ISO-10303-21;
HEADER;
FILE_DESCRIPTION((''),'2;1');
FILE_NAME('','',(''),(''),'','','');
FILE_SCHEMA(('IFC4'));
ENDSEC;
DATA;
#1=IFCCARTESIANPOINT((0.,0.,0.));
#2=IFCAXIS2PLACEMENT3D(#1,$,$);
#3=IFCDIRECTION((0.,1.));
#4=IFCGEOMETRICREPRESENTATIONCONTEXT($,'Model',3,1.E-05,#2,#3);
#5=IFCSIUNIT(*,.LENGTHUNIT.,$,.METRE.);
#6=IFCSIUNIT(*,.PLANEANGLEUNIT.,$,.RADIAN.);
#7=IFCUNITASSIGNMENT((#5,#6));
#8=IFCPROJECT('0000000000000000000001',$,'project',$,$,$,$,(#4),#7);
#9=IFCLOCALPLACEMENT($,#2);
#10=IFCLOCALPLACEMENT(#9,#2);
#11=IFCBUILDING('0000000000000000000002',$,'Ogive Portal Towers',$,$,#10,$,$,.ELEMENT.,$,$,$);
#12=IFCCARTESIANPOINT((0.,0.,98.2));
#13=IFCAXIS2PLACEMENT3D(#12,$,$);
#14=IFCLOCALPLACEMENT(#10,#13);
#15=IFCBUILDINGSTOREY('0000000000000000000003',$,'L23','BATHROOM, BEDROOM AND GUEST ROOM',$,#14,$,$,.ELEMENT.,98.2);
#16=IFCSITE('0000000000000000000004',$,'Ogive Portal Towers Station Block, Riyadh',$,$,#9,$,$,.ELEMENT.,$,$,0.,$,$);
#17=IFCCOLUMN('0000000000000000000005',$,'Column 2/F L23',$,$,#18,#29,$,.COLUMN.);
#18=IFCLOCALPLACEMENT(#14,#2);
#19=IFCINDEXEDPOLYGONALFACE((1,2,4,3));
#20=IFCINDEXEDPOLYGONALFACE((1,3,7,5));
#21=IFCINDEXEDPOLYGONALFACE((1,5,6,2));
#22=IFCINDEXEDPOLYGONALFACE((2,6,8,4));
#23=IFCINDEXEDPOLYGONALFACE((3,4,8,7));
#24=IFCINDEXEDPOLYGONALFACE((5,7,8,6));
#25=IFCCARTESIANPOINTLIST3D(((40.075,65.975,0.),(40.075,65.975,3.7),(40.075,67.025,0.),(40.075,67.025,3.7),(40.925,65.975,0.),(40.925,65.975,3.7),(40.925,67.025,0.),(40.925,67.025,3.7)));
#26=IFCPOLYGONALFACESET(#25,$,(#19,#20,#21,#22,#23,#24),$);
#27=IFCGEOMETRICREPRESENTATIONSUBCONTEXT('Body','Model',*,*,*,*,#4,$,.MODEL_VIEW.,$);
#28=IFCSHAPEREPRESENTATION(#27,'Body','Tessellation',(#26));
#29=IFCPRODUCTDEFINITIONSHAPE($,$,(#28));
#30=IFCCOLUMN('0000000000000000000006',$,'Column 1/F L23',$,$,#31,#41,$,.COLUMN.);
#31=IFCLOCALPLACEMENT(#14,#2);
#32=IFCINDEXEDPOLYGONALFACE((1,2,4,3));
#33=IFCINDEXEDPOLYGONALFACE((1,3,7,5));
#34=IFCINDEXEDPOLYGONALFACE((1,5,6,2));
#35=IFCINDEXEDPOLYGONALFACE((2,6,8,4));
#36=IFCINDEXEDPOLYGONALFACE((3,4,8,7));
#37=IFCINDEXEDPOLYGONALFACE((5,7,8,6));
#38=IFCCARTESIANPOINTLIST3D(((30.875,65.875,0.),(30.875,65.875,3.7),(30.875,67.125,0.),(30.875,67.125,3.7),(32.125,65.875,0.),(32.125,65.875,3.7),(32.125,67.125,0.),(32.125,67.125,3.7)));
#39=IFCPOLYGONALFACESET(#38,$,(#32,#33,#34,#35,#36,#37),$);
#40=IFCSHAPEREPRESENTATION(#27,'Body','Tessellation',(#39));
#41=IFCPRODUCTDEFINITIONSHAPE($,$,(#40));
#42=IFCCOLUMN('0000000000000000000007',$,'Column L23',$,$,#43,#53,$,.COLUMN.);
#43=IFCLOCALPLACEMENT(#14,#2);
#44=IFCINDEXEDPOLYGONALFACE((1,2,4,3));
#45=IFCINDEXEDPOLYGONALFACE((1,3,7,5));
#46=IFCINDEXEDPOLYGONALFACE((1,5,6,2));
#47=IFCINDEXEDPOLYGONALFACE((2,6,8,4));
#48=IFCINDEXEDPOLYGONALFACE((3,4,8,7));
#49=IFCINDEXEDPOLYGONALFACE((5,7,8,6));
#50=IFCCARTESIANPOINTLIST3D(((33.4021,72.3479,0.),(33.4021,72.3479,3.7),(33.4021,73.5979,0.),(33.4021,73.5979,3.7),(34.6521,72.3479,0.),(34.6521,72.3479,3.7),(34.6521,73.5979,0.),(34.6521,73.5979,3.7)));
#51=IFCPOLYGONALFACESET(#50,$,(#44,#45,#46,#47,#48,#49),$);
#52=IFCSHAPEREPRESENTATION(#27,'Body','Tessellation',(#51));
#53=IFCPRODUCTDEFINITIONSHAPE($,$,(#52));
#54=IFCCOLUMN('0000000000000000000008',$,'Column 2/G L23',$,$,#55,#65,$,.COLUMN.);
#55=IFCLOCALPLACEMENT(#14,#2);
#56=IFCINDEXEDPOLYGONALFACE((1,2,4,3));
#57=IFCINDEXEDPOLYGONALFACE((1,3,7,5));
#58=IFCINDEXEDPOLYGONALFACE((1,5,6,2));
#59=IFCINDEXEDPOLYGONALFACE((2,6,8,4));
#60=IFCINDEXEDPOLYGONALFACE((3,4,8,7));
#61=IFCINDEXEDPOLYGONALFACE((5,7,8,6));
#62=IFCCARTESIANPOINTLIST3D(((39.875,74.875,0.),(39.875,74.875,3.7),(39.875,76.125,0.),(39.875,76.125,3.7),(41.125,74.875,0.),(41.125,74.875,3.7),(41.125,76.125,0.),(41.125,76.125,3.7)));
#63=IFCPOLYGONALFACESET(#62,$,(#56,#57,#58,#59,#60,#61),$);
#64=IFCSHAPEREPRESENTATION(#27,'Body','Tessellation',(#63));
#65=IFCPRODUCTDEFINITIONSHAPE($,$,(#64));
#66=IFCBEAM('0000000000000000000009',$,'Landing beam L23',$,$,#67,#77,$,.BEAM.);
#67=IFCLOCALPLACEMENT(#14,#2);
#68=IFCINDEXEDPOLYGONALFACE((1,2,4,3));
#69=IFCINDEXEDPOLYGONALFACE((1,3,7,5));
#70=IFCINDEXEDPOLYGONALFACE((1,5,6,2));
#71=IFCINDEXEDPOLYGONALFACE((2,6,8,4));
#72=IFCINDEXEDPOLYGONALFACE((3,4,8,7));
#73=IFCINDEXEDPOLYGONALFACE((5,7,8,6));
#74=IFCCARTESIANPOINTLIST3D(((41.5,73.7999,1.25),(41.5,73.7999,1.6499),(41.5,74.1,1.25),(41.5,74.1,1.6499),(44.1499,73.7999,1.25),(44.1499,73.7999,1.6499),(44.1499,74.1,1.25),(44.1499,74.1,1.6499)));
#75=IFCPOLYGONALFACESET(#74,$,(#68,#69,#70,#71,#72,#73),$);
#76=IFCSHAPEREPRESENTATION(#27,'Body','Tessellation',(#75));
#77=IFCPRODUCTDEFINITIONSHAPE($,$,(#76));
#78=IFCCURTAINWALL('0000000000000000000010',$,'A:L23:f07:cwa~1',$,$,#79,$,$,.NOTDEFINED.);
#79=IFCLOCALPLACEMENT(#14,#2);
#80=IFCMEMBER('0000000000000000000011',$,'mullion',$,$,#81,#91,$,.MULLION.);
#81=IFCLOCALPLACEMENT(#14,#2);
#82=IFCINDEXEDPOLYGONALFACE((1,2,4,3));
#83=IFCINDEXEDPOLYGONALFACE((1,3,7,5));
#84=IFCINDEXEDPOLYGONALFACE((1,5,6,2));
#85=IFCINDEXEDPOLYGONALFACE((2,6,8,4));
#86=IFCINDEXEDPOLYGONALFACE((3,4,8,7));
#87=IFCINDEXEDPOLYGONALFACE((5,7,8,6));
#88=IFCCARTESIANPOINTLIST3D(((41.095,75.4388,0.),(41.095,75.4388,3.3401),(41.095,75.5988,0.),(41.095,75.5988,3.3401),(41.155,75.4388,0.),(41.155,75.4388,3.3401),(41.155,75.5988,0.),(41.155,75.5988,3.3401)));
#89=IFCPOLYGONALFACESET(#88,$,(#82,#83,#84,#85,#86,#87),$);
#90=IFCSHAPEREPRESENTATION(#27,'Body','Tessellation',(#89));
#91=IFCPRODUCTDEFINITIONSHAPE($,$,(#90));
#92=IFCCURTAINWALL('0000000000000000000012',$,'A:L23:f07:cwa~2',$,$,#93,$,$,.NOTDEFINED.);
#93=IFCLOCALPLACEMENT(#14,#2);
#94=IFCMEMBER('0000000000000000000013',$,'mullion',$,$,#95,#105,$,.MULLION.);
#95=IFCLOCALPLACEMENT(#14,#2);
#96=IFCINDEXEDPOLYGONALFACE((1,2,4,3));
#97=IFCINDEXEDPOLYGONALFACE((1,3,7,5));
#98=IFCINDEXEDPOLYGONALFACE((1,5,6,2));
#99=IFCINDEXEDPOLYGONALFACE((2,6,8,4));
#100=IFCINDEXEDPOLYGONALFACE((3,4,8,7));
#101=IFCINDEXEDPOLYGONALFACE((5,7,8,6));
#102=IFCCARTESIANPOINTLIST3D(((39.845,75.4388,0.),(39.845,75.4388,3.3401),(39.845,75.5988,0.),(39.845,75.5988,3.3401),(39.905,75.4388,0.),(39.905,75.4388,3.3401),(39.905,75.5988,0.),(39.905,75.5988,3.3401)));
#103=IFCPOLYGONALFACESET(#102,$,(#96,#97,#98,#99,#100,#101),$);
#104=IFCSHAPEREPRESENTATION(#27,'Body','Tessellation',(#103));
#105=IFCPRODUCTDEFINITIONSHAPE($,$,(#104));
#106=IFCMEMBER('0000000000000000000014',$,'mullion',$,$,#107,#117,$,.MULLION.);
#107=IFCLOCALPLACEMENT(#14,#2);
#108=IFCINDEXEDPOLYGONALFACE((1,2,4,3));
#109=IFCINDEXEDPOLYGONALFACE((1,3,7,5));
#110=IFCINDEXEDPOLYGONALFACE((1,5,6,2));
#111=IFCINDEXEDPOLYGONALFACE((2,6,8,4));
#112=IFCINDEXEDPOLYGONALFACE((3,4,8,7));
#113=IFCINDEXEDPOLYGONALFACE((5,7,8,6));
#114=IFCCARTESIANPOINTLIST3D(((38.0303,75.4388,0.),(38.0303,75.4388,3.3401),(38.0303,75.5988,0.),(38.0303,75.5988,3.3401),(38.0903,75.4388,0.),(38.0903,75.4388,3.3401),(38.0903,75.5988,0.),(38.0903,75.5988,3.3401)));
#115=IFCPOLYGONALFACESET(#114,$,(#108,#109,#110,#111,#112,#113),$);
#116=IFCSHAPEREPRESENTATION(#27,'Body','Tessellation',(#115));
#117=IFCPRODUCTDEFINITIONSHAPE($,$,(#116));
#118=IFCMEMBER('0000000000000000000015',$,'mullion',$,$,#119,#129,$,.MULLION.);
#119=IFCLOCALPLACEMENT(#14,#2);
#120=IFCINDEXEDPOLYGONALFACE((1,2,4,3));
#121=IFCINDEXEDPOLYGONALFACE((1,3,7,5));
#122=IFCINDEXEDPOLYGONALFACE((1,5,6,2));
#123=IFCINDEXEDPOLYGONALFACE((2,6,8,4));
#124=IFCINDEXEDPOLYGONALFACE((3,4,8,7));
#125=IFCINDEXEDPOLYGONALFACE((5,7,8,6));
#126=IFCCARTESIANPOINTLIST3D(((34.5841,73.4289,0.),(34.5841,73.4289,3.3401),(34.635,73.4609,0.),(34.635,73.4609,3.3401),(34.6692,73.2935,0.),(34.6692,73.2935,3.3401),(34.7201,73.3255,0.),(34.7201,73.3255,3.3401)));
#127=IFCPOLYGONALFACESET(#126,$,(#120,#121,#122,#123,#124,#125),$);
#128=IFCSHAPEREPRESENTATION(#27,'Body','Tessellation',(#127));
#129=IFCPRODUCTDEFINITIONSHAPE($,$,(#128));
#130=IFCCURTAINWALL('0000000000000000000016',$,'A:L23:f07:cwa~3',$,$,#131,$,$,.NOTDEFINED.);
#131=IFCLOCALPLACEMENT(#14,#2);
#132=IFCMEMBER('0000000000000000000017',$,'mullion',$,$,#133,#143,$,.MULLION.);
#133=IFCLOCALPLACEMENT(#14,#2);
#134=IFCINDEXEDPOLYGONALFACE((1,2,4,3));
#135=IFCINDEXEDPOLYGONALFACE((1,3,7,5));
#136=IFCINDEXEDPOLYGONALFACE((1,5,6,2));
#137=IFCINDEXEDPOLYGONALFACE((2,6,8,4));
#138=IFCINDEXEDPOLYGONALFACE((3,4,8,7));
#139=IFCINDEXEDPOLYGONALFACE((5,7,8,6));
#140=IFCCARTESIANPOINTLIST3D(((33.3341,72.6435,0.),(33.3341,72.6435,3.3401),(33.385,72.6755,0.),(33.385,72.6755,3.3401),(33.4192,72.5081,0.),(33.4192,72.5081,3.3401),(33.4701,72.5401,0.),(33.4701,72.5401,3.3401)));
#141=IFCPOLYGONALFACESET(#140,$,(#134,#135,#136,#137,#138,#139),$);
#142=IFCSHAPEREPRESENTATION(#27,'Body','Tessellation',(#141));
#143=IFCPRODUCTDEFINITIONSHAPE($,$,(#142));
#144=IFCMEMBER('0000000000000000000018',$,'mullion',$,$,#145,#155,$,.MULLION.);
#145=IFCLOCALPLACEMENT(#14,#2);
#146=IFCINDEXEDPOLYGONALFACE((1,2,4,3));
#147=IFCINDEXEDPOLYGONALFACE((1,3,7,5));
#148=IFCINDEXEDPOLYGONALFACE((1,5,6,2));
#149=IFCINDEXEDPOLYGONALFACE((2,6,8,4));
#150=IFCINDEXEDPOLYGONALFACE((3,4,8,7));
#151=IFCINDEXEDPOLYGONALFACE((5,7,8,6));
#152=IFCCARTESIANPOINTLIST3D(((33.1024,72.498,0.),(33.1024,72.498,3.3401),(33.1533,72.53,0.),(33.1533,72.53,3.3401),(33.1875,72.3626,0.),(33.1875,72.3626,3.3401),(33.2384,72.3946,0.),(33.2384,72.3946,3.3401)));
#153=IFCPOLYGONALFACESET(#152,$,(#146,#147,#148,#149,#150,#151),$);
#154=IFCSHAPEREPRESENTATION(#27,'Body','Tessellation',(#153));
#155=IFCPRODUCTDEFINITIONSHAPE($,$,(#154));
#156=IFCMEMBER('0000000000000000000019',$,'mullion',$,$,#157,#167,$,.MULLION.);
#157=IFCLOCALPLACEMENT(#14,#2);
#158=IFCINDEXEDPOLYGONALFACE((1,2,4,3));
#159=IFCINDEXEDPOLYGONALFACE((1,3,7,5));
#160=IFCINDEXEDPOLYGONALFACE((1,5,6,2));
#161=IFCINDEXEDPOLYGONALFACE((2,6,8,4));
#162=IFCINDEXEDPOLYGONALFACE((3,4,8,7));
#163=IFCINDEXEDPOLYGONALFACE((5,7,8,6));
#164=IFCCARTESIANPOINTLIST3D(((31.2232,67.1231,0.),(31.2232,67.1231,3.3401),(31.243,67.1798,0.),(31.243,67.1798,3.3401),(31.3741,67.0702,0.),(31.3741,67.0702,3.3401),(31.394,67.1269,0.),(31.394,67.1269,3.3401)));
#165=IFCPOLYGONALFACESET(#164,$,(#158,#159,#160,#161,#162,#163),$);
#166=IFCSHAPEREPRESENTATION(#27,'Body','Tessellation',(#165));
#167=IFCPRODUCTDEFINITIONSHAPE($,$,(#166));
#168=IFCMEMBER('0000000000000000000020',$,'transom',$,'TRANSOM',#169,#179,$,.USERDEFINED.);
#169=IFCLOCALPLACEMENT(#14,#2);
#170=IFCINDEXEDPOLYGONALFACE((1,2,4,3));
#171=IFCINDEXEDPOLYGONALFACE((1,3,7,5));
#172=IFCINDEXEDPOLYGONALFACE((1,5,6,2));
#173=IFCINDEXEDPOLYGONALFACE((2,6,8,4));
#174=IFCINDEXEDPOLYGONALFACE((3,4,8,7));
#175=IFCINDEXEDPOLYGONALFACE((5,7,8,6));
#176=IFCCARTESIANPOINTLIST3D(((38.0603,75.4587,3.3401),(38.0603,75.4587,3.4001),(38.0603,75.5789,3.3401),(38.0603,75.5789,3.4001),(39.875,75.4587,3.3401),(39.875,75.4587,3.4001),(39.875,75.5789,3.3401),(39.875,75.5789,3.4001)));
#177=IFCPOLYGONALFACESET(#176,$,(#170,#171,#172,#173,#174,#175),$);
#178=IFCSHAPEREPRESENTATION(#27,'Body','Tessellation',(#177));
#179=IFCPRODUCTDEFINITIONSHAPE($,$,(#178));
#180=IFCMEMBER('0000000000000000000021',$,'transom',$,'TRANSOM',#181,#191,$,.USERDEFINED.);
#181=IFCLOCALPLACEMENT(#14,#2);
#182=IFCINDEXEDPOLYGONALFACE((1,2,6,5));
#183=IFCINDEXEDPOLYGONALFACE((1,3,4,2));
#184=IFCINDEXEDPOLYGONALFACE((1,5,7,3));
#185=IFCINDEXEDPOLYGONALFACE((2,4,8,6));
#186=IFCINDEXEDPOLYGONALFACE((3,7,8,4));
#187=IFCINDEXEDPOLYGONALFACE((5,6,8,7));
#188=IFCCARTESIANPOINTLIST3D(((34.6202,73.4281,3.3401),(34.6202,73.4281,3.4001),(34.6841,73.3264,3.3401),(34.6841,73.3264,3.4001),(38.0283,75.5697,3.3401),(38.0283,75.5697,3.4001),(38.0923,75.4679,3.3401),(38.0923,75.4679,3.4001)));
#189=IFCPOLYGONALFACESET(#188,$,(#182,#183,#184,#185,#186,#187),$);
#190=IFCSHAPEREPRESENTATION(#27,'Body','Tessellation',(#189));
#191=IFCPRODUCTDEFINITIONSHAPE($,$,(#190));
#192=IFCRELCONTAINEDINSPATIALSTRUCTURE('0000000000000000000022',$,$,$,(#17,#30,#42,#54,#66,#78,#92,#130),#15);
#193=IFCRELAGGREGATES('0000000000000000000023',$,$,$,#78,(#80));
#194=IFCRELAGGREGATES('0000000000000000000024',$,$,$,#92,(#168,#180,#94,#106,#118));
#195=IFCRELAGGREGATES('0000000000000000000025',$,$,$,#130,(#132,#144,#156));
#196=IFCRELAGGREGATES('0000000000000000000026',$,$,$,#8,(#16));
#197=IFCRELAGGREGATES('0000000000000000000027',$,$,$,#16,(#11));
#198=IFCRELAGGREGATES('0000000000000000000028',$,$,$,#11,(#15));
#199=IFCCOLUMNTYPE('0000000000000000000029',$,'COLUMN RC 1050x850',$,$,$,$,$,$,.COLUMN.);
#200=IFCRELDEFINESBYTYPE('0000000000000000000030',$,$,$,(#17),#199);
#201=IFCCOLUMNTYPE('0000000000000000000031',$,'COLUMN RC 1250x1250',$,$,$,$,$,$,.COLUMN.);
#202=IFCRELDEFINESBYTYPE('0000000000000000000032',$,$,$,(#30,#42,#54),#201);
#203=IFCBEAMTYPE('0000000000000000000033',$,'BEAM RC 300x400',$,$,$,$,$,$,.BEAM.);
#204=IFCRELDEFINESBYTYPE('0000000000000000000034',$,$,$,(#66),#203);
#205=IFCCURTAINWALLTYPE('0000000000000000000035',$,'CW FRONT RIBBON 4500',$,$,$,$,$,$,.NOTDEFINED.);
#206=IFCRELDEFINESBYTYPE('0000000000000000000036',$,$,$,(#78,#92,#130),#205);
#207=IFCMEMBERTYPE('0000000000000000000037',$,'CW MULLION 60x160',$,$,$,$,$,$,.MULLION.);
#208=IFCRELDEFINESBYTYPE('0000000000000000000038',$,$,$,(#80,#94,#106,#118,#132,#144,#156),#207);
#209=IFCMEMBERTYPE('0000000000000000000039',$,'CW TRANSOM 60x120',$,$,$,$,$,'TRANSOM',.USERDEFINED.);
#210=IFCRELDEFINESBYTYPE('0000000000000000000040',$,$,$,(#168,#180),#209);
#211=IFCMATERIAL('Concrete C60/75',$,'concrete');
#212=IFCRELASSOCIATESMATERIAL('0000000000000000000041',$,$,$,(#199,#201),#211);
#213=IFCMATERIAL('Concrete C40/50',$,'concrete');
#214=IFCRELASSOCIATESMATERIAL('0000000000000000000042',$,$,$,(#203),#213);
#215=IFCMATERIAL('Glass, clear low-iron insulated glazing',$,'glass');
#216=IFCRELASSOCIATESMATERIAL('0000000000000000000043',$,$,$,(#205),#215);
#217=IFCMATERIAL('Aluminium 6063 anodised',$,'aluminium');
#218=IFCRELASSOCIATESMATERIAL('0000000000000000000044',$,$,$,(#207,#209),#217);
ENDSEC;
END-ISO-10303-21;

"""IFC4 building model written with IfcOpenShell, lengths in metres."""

from ifc_helpers import new_model, si_unit, direction, frame, origin, origin_2d, place, context, subcontext, project, spatial, rectangle, extrude, material, material_profile, profile_set, type_object, element, aggregate, save


model = new_model("IFC4")

# Units and contexts
model_context = context("Model", 3, precision=1e-05, world=origin(), true_north=direction((0.0, 1.0)))
body_context = subcontext(model_context, "Body", "Model", "MODEL_VIEW")
ifc_project = project(units=[si_unit("LENGTHUNIT", "METRE"), si_unit("PLANEANGLEUNIT", "RADIAN")], contexts=[model_context])

# Site, building, storey
site_placement = place(None, origin())
site = spatial("IfcSite", under=ifc_project, at=site_placement, Name="Ogive Portal Towers Station Block, Riyadh", CompositionType="ELEMENT", RefElevation=0.0)
building_placement = place(site_placement, origin())
building = spatial("IfcBuilding", under=site, at=building_placement, Name="Ogive Portal Towers", CompositionType="ELEMENT")
storey_placement = place(building_placement, frame((0.0, 0.0, 98.2)))
storey = spatial("IfcBuildingStorey", under=building, at=storey_placement, Name="L23", Description="BATHROOM, BEDROOM AND GUEST ROOM", CompositionType="ELEMENT", Elevation=98.2)

# Columns
ifc_material_1 = material(Name="Concrete C60/75", Category="concrete")
ifc_material_profile_1 = material_profile(ifc_material_1, rectangle(XDim=1.05, YDim=0.8501, at=origin_2d()), Name="RC 1050x850")
ifc_profile_set_1 = profile_set([ifc_material_profile_1], Name="Concrete C60/75")
column_type_1 = type_object("IfcColumnType", Name="COLUMN RC 1050x850", PredefinedType="COLUMN", material=ifc_profile_set_1)
column_placement = place(storey_placement, frame((40.5, 66.5, 0.0), z_axis=(0.0, 0.0, 1.0), x_axis=(0.0, 1.0, 0.0)))
element("IfcColumn", 1, at=column_placement, inside=storey, type_object=column_type_1, Name="Column 2/F L23", PredefinedType="COLUMN", context=body_context, shape_type="SweptSolid", body=[
    extrude(rectangle(XDim=1.05, YDim=0.8501, at=origin_2d()), origin(), (0.0, 0.0, 1.0), 3.7),
])
ifc_material_profile_2 = material_profile(ifc_material_1, rectangle(XDim=1.25, YDim=1.25, at=origin_2d()), Name="RC 1250x1250")
ifc_profile_set_2 = profile_set([ifc_material_profile_2], Name="Concrete C60/75")
column_type_2 = type_object("IfcColumnType", Name="COLUMN RC 1250x1250", PredefinedType="COLUMN", material=ifc_profile_set_2)
for number, where, z_axis, x_axis, name in (
    (2, (31.5, 66.5, 0.0), (0.0, 0.0, 1.0), (1.0, 0.0, 0.0), "Column 1/F L23"),
    (3, (34.0271, 72.9729, 0.0), (0.0, 0.0, 1.0), (1.0, 0.0, 0.0), "Column L23"),
    (4, (40.5, 75.5, 0.0), (0.0, 0.0, 1.0), (1.0, 0.0, 0.0), "Column 2/G L23"),
):
    element("IfcColumn", number, at=place(storey_placement, frame(where, z_axis=z_axis, x_axis=x_axis)), inside=storey, type_object=column_type_2, Name=name, PredefinedType="COLUMN", context=body_context, shape_type="SweptSolid", body=[
        extrude(rectangle(XDim=1.25, YDim=1.25, at=origin_2d()), origin(), (0.0, 0.0, 1.0), 3.7),
    ])

# Beam
ifc_material_2 = material(Name="Concrete C40/50", Category="concrete")
ifc_material_profile_3 = material_profile(ifc_material_2, rectangle(XDim=0.3, YDim=0.3999, at=origin_2d()), Name="RC 300x400")
ifc_profile_set_3 = profile_set([ifc_material_profile_3], Name="Concrete C40/50")
beam_type = type_object("IfcBeamType", Name="BEAM RC 300x400", PredefinedType="BEAM", material=ifc_profile_set_3)
beam_placement = place(storey_placement, frame((41.5, 73.95, 1.45), z_axis=(1.0, 0.0, 0.0), x_axis=(0.0, 1.0, 0.0)))
element("IfcBeam", 5, at=beam_placement, inside=storey, type_object=beam_type, Name="Landing beam L23", PredefinedType="BEAM", context=body_context, shape_type="SweptSolid", body=[
    extrude(rectangle(XDim=0.3, YDim=0.3999, at=origin_2d()), origin(), (0.0, 0.0, 1.0), 2.6499),
])

# Curtain wall, member
ifc_material_3 = material(Name="Glass, clear low-iron insulated glazing", Category="glass")
curtain_wall_type = type_object("IfcCurtainWallType", Name="CW FRONT RIBBON 4500", PredefinedType="NOTDEFINED", material=ifc_material_3)
curtain_wall_1_placement = place(storey_placement, origin())
curtain_wall_1 = element("IfcCurtainWall", 6, at=curtain_wall_1_placement, inside=storey, type_object=curtain_wall_type, Name="A:L23:f07:cwa~1", PredefinedType="NOTDEFINED")
ifc_material_4 = material(Name="Aluminium 6063 anodised", Category="aluminium")
ifc_material_profile_4 = material_profile(ifc_material_4, rectangle(XDim=0.1599, YDim=0.0601, at=origin_2d()), Name="AL 60x160")
ifc_profile_set_4 = profile_set([ifc_material_profile_4], Name="Aluminium 6063 anodised")
member_type_1 = type_object("IfcMemberType", Name="CW MULLION 60x160", PredefinedType="MULLION", material=ifc_profile_set_4)
member_1_placement = place(storey_placement, frame((41.125, 75.5188, 0.0), z_axis=(0.0, 0.0, 1.0), x_axis=(0.0, -1.0, 0.0)))
member_1 = element("IfcMember", 7, at=member_1_placement, type_object=member_type_1, Name="mullion", PredefinedType="MULLION", context=body_context, shape_type="SweptSolid", body=[
    extrude(rectangle(XDim=0.1599, YDim=0.0601, at=origin_2d()), origin(), (0.0, 0.0, 1.0), 3.3401),
])
aggregate(curtain_wall_1, [member_1])

# Curtain walls, members
curtain_wall_2_placement = place(storey_placement, origin())
curtain_wall_2 = element("IfcCurtainWall", 8, at=curtain_wall_2_placement, inside=storey, type_object=curtain_wall_type, Name="A:L23:f07:cwa~2", PredefinedType="NOTDEFINED")
member_2_placement = place(storey_placement, frame((39.875, 75.5188, 0.0), z_axis=(0.0, 0.0, 1.0), x_axis=(0.0, -1.0, 0.0)))
member_2 = element("IfcMember", 9, at=member_2_placement, type_object=member_type_1, Name="mullion", PredefinedType="MULLION", context=body_context, shape_type="SweptSolid", body=[
    extrude(rectangle(XDim=0.1599, YDim=0.0601, at=origin_2d()), origin(), (0.0, 0.0, 1.0), 3.3401),
])
member_3_placement = place(storey_placement, frame((38.0603, 75.5188, 0.0), z_axis=(0.0, 0.0, 1.0), x_axis=(0.0, -1.0, 0.0)))
member_3 = element("IfcMember", 10, at=member_3_placement, type_object=member_type_1, Name="mullion", PredefinedType="MULLION", context=body_context, shape_type="SweptSolid", body=[
    extrude(rectangle(XDim=0.1599, YDim=0.0601, at=origin_2d()), origin(), (0.0, 0.0, 1.0), 3.3401),
])
member_4_placement = place(storey_placement, frame((34.6521, 73.3772, 0.0), z_axis=(0.0, 0.0, 1.0), x_axis=(0.532032, -0.846724, 0.0)))
member_4 = element("IfcMember", 11, at=member_4_placement, type_object=member_type_1, Name="mullion", PredefinedType="MULLION", context=body_context, shape_type="SweptSolid", body=[
    extrude(rectangle(XDim=0.1599, YDim=0.0601, at=origin_2d()), origin(), (0.0, 0.0, 1.0), 3.3401),
])
curtain_wall_3_placement = place(storey_placement, origin())
curtain_wall_3 = element("IfcCurtainWall", 12, at=curtain_wall_3_placement, inside=storey, type_object=curtain_wall_type, Name="A:L23:f07:cwa~3", PredefinedType="NOTDEFINED")
member_5_placement = place(storey_placement, frame((33.4021, 72.5918, 0.0), z_axis=(0.0, 0.0, 1.0), x_axis=(0.532032, -0.846724, 0.0)))
member_5 = element("IfcMember", 13, at=member_5_placement, type_object=member_type_1, Name="mullion", PredefinedType="MULLION", context=body_context, shape_type="SweptSolid", body=[
    extrude(rectangle(XDim=0.1599, YDim=0.0601, at=origin_2d()), origin(), (0.0, 0.0, 1.0), 3.3401),
])
member_6_placement = place(storey_placement, frame((33.1704, 72.4463, 0.0), z_axis=(0.0, 0.0, 1.0), x_axis=(0.532032, -0.846724, 0.0)))
member_6 = element("IfcMember", 14, at=member_6_placement, type_object=member_type_1, Name="mullion", PredefinedType="MULLION", context=body_context, shape_type="SweptSolid", body=[
    extrude(rectangle(XDim=0.1599, YDim=0.0601, at=origin_2d()), origin(), (0.0, 0.0, 1.0), 3.3401),
])
member_7_placement = place(storey_placement, frame((31.3086, 67.125, 0.0), z_axis=(0.0, 0.0, 1.0), x_axis=(0.943883, -0.330279, 0.0)))
member_7 = element("IfcMember", 15, at=member_7_placement, type_object=member_type_1, Name="mullion", PredefinedType="MULLION", context=body_context, shape_type="SweptSolid", body=[
    extrude(rectangle(XDim=0.1599, YDim=0.0601, at=origin_2d()), origin(), (0.0, 0.0, 1.0), 3.3401),
])

# Members
ifc_material_profile_5 = material_profile(ifc_material_4, rectangle(XDim=0.1201, YDim=0.0601, at=origin_2d()), Name="AL 120x60")
ifc_profile_set_5 = profile_set([ifc_material_profile_5], Name="Aluminium 6063 anodised")
member_type_2 = type_object("IfcMemberType", Name="CW TRANSOM 60x120", ElementType="TRANSOM", PredefinedType="USERDEFINED", material=ifc_profile_set_5)
member_8_placement = place(storey_placement, frame((39.875, 75.5188, 3.3701), z_axis=(-1.0, 0.0, 0.0), x_axis=(0.0, -1.0, 0.0)))
member_8 = element("IfcMember", 16, at=member_8_placement, type_object=member_type_2, Name="transom", ObjectType="TRANSOM", PredefinedType="USERDEFINED", context=body_context, shape_type="SweptSolid", body=[
    extrude(rectangle(XDim=0.1201, YDim=0.0601, at=origin_2d()), origin(), (0.0, 0.0, 1.0), 1.8147),
])
member_9_placement = place(storey_placement, frame((38.0603, 75.5188, 3.3701), z_axis=(-0.846715, -0.532047, 0.0), x_axis=(0.532047, -0.846715, 0.0)))
member_9 = element("IfcMember", 17, at=member_9_placement, type_object=member_type_2, Name="transom", ObjectType="TRANSOM", PredefinedType="USERDEFINED", context=body_context, shape_type="SweptSolid", body=[
    extrude(rectangle(XDim=0.1201, YDim=0.0601, at=origin_2d()), origin(), (0.0, 0.0, 1.0), 4.0251),
])

aggregate(curtain_wall_2, [member_8, member_9, member_2, member_3, member_4])
aggregate(curtain_wall_3, [member_5, member_6, member_7])

save(model, "model.ifc")
